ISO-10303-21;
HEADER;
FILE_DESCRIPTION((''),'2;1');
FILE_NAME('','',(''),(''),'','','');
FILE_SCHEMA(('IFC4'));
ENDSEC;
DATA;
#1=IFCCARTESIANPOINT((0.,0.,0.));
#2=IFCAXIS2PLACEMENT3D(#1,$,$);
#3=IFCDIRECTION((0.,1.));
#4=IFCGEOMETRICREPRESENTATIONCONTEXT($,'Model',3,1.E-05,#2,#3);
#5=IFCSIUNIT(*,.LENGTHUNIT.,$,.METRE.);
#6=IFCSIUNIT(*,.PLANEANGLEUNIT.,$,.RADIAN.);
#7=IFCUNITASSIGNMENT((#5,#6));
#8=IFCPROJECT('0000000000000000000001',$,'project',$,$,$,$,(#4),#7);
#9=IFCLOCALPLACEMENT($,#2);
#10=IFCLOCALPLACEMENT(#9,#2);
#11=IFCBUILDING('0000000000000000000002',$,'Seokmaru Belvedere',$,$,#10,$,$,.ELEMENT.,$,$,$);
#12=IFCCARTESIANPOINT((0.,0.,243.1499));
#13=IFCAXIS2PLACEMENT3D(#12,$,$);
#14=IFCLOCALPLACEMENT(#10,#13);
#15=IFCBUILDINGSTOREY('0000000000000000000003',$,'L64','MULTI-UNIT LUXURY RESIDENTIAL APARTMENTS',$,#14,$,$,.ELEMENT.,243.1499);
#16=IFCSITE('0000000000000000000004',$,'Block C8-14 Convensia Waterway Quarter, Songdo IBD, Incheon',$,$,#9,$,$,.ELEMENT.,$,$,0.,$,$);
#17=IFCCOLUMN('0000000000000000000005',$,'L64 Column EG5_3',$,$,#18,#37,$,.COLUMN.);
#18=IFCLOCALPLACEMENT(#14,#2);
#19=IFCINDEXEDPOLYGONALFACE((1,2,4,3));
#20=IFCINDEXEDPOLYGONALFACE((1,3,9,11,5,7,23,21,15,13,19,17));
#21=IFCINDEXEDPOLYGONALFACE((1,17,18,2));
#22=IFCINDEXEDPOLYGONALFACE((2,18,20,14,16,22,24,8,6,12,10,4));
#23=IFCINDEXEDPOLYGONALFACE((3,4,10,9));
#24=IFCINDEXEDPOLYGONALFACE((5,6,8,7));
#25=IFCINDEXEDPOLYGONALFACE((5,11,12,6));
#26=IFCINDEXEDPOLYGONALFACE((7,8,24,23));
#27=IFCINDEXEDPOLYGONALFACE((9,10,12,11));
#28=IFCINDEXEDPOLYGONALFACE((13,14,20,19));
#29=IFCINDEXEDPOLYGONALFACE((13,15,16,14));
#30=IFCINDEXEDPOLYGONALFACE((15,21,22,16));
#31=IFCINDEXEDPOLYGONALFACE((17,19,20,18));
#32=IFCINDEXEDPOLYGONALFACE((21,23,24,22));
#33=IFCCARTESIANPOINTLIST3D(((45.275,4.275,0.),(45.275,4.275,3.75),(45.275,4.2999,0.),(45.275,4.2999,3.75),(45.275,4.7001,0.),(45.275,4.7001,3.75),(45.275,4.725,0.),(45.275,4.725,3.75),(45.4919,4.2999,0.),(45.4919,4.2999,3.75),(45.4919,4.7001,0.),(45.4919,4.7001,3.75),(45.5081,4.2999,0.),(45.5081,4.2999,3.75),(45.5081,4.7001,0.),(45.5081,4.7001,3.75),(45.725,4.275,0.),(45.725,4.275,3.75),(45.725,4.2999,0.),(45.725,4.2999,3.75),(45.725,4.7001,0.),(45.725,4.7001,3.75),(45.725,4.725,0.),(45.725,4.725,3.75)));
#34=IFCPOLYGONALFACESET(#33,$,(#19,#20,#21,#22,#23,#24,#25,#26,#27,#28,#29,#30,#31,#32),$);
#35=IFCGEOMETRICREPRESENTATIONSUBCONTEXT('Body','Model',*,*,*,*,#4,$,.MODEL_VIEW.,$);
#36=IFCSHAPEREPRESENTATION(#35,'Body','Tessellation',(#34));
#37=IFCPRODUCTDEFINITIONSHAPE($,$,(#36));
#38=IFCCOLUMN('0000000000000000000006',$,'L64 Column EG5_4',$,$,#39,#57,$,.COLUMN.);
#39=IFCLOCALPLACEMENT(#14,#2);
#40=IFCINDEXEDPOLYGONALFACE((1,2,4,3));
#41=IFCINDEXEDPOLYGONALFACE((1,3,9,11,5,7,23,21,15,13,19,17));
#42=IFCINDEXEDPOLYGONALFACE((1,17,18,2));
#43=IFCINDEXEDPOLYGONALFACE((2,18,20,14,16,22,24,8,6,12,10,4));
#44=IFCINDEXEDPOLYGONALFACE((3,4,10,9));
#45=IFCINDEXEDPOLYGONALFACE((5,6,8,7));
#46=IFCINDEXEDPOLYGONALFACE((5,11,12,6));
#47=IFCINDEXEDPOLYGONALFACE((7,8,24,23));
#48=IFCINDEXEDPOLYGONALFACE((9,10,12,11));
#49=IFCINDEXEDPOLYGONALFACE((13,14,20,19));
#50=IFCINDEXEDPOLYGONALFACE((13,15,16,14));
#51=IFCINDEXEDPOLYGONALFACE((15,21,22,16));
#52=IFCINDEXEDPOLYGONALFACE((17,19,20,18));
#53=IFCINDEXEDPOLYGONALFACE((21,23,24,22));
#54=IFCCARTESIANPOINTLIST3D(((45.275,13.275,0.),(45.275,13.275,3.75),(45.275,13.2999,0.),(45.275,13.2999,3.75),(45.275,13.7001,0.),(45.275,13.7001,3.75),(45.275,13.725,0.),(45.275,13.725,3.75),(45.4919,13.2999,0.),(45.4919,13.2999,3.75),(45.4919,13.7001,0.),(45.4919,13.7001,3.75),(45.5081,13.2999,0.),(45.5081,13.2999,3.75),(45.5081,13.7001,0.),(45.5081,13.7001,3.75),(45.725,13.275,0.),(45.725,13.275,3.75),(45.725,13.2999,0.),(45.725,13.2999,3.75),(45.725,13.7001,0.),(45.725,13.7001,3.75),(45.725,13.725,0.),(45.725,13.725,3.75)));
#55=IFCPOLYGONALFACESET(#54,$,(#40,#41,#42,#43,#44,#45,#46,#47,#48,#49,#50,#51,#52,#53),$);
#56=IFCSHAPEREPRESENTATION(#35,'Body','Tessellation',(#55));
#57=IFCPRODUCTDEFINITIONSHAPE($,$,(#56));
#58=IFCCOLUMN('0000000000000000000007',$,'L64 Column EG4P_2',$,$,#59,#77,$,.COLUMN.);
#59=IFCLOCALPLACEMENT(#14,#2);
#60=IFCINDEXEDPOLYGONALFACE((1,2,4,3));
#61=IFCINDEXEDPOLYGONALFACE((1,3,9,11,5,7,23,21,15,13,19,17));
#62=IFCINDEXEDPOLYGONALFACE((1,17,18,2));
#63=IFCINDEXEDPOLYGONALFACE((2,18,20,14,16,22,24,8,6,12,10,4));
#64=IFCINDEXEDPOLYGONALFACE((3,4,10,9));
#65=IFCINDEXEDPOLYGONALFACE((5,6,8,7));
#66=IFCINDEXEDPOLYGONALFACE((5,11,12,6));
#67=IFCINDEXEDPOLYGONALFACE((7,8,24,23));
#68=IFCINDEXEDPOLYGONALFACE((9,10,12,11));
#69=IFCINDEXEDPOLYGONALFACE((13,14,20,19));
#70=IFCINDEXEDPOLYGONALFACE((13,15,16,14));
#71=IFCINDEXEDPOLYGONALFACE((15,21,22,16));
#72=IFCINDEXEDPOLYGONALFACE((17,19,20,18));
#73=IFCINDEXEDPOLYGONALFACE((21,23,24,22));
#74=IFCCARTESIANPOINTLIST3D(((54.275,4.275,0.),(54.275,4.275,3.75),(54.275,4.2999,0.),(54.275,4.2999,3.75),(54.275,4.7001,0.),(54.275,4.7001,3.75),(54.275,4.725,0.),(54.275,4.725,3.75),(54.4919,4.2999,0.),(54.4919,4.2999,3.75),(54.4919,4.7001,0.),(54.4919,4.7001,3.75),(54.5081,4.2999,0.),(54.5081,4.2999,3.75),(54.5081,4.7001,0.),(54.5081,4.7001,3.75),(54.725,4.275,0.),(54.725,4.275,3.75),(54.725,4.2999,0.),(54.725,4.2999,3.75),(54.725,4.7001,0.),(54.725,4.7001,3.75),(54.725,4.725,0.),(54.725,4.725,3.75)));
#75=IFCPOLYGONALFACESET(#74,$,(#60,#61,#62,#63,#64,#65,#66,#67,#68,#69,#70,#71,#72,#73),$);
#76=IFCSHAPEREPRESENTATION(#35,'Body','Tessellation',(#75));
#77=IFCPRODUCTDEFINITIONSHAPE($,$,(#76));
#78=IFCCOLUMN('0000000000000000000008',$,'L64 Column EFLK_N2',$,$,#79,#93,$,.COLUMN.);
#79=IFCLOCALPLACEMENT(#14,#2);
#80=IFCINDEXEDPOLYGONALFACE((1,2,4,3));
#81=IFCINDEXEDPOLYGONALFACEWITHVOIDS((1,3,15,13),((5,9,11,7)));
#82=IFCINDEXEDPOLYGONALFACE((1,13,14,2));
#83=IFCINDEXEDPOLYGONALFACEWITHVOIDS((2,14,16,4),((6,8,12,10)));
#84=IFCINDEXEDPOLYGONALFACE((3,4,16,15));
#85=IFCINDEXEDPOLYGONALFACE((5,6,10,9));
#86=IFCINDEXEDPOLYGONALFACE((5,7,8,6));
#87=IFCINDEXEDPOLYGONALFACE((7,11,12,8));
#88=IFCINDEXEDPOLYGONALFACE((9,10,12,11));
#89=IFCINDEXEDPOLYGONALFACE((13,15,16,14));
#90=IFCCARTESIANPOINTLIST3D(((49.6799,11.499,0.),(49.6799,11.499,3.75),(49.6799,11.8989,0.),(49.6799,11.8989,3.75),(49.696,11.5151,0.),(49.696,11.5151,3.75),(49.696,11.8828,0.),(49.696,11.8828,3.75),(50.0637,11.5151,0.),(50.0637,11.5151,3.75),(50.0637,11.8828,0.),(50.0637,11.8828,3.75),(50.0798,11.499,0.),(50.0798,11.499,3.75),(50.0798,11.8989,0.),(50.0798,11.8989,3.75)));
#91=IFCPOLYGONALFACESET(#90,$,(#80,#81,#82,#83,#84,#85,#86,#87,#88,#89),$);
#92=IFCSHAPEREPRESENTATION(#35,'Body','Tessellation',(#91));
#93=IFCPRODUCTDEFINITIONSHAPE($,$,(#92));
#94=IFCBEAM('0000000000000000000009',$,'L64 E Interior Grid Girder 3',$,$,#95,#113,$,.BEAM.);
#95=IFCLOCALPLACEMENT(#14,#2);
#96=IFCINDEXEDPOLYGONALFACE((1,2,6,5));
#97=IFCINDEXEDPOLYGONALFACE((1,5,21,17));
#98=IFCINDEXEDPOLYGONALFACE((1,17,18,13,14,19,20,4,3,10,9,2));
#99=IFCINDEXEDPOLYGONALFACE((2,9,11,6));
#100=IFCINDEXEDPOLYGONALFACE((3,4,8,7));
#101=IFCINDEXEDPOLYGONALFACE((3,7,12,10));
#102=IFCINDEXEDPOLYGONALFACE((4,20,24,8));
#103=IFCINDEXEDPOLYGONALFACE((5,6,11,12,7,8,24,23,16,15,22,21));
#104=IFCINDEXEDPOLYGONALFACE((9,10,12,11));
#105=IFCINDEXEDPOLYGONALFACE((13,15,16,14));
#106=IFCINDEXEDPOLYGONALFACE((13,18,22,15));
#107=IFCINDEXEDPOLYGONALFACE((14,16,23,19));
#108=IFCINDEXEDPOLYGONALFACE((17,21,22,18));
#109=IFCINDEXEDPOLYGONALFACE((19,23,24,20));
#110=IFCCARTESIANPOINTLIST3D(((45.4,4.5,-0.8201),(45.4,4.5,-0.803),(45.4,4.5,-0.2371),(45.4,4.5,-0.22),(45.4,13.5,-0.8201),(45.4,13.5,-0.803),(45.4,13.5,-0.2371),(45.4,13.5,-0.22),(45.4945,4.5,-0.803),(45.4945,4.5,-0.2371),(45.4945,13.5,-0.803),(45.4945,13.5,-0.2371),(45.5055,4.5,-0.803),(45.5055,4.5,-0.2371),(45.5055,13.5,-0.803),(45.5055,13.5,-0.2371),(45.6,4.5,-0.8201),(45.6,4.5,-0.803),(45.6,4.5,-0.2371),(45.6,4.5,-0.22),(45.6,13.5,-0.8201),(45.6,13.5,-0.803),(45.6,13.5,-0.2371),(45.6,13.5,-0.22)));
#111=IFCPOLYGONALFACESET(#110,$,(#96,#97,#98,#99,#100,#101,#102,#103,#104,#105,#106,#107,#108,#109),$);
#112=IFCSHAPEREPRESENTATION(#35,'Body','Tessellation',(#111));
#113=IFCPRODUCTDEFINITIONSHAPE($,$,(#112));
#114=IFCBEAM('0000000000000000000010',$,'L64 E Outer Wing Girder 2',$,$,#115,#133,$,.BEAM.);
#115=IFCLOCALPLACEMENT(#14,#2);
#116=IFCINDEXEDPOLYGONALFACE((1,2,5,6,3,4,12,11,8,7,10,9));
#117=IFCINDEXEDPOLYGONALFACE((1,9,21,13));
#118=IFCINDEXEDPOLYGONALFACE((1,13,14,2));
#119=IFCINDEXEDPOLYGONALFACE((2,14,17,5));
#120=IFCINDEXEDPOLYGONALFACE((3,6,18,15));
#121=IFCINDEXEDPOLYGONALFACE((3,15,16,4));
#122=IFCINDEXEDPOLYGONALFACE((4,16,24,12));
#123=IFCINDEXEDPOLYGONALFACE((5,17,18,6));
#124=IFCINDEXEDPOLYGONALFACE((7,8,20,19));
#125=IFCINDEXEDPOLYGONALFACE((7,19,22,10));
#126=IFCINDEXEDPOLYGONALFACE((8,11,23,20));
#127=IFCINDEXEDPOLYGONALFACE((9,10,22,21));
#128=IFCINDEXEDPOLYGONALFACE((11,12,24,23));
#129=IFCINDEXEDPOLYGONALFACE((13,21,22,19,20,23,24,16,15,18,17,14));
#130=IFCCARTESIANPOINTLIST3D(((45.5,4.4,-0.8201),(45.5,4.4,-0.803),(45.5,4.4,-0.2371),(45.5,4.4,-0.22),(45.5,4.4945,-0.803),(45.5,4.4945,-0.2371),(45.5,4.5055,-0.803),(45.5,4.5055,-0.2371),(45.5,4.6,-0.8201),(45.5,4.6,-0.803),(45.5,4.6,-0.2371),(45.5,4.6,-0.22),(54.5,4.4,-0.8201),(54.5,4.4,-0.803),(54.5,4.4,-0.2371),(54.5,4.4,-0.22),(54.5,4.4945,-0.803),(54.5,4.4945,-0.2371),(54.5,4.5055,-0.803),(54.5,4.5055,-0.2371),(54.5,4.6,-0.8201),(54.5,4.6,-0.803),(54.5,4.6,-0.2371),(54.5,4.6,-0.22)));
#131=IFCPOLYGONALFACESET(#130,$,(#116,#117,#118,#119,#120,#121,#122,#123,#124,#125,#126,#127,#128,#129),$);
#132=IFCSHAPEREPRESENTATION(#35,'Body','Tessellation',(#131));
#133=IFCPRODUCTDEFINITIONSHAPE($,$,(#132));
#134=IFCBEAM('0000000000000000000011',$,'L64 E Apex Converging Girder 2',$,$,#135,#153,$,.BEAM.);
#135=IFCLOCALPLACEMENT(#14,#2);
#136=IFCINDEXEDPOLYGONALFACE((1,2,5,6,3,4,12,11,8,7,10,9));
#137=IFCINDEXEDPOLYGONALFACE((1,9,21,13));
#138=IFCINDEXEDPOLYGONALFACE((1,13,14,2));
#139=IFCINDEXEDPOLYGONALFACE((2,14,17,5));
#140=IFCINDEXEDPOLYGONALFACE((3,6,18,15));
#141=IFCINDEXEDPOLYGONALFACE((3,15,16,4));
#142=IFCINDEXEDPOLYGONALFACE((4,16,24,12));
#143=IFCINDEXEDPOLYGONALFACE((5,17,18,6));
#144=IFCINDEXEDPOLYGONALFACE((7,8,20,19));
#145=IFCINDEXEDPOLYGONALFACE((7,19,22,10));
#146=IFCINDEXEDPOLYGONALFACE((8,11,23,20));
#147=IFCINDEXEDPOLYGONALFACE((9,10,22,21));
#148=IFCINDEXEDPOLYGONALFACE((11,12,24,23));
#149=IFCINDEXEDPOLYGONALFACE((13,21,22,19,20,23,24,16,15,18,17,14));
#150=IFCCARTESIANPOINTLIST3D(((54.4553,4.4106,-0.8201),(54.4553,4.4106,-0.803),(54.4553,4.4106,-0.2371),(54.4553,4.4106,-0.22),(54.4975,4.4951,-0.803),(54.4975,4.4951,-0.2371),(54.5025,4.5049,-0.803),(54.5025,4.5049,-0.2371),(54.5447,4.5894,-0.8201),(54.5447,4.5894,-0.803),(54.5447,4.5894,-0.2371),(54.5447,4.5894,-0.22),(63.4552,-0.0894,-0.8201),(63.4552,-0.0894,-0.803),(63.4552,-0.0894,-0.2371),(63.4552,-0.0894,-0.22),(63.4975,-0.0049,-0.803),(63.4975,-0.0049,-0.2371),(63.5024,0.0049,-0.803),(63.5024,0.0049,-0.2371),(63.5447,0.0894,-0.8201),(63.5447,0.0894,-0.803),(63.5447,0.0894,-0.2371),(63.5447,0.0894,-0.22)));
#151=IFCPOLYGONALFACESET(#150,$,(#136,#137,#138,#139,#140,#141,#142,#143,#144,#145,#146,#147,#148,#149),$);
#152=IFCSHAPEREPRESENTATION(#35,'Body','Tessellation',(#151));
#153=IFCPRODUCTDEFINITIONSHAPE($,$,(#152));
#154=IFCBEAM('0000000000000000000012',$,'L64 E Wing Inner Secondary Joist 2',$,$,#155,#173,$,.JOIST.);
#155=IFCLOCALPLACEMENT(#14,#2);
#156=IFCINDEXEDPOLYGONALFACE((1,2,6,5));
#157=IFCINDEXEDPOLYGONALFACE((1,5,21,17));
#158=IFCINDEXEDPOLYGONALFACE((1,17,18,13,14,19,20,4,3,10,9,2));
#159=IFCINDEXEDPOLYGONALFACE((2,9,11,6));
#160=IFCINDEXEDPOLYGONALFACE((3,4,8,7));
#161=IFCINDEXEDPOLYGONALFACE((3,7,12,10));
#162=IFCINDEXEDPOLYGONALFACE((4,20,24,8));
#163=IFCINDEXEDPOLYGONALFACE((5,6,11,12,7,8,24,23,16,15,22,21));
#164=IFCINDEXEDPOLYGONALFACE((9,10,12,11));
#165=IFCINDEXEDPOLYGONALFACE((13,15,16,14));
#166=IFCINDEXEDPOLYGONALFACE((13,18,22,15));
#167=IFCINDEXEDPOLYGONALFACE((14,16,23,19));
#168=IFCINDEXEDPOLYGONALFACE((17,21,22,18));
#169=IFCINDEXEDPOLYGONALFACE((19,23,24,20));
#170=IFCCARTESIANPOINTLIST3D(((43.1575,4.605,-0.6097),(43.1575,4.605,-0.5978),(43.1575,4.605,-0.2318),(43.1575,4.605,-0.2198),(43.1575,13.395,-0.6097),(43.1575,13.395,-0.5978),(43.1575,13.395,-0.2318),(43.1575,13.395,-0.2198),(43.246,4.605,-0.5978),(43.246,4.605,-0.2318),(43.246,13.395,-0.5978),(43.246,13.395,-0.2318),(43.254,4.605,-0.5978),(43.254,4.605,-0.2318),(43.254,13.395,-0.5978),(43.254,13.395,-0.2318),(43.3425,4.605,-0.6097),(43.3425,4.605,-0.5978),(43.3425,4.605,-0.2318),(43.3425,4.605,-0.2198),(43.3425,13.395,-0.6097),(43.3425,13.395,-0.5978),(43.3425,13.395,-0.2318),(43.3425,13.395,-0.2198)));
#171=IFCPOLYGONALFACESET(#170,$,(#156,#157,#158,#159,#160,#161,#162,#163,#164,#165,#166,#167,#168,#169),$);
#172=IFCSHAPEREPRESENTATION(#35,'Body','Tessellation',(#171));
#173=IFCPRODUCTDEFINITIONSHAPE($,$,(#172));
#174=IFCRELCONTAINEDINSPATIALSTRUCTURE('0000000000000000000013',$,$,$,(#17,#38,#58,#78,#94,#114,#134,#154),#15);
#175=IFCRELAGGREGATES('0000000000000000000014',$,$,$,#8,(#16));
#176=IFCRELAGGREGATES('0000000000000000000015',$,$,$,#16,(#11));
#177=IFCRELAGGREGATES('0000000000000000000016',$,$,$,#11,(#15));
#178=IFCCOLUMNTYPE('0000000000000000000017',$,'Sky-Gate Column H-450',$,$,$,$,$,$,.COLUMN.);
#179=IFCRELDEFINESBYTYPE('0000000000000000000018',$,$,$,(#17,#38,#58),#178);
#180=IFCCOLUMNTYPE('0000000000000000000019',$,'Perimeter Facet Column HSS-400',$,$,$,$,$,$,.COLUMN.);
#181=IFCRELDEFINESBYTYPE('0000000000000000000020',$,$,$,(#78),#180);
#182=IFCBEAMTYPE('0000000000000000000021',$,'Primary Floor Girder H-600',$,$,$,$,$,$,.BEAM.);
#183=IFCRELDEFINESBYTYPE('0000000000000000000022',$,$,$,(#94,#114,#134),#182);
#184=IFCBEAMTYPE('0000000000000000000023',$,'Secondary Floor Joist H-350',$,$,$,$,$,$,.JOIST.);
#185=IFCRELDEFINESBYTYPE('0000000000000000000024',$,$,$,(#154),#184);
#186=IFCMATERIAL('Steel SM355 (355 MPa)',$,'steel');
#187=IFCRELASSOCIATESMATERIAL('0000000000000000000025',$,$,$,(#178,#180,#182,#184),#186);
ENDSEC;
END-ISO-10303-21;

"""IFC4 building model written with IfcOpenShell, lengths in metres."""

from ifc_helpers import new_model, si_unit, direction, frame, origin, origin_2d, place, context, subcontext, project, spatial, hollow_rectangle, i_section, extrude, source, transform, mapped, material, material_profile, profile_set, type_object, type_shapes, element, save


model = new_model("IFC4")

# Units and contexts
model_context = context("Model", 3, precision=1e-05, world=origin(), true_north=direction((0.0, 1.0)))
body_context = subcontext(model_context, "Body", "Model", "MODEL_VIEW")
ifc_project = project(units=[si_unit("LENGTHUNIT", "METRE"), si_unit("PLANEANGLEUNIT", "RADIAN")], contexts=[model_context])

# Site, building, storey
site_placement = place(None, origin())
site = spatial("IfcSite", under=ifc_project, at=site_placement, Name="Block C8-14 Convensia Waterway Quarter, Songdo IBD, Incheon", CompositionType="ELEMENT", RefElevation=0.0)
building_placement = place(site_placement, origin())
building = spatial("IfcBuilding", under=site, at=building_placement, Name="Seokmaru Belvedere", CompositionType="ELEMENT")
storey_placement = place(building_placement, frame((0.0, 0.0, 243.1499)))
storey = spatial("IfcBuildingStorey", under=building, at=storey_placement, Name="L64", Description="MULTI-UNIT LUXURY RESIDENTIAL APARTMENTS", CompositionType="ELEMENT", Elevation=243.1499)

# Columns
ifc_material_1 = material(Name="Steel SM355 (355 MPa)", Category="steel")
ifc_material_profile_1 = material_profile(ifc_material_1, i_section(OverallWidth=0.45, OverallDepth=0.45, WebThickness=0.0161, FlangeThickness=0.0249, at=origin_2d()), Name="H-450x450x16x25")
ifc_profile_set_1 = profile_set([ifc_material_profile_1], Name="Steel SM355 (355 MPa)")
column_type_1 = type_object("IfcColumnType", Name="Sky-Gate Column H-450", PredefinedType="COLUMN", material=ifc_profile_set_1)
shared_shape_1 = source(origin(), body_context, "Body", "SweptSolid", [
    extrude(i_section(OverallWidth=0.45, OverallDepth=0.45, WebThickness=0.0161, FlangeThickness=0.0249, at=origin_2d()), origin(), (0.0, 0.0, 1.0), 3.75),
])
type_shapes(column_type_1, [shared_shape_1])
for number, where, z_axis, x_axis, name in (
    (1, (45.5, 4.5, 0.0), (0.0, 0.0, 1.0), (1.0, 0.0, 0.0), "L64 Column EG5_3"),
    (2, (45.5, 13.5, 0.0), (0.0, 0.0, 1.0), (1.0, 0.0, 0.0), "L64 Column EG5_4"),
    (3, (54.5, 4.5, 0.0), (0.0, 0.0, 1.0), (1.0, 0.0, 0.0), "L64 Column EG4P_2"),
):
    element("IfcColumn", number, at=place(storey_placement, frame(where, z_axis=z_axis, x_axis=x_axis)), inside=storey, type_object=column_type_1, Name=name, PredefinedType="COLUMN", context=body_context, shape_type="MappedRepresentation", body=[
        mapped(shared_shape_1, transform((0.0, 0.0, 0.0), scale=1.0)),
    ])
ifc_material_profile_2 = material_profile(ifc_material_1, hollow_rectangle(XDim=0.3999, YDim=0.3999, WallThickness=0.0161, at=origin_2d()), Name="HSS-400x400x16")
ifc_profile_set_2 = profile_set([ifc_material_profile_2], Name="Steel SM355 (355 MPa)")
column_type_2 = type_object("IfcColumnType", Name="Perimeter Facet Column HSS-400", PredefinedType="COLUMN", material=ifc_profile_set_2)
shared_shape_2 = source(origin(), body_context, "Body", "SweptSolid", [
    extrude(hollow_rectangle(XDim=0.3999, YDim=0.3999, WallThickness=0.0161, at=origin_2d()), origin(), (0.0, 0.0, 1.0), 3.75),
])
type_shapes(column_type_2, [shared_shape_2])
column_placement = place(storey_placement, frame((49.8799, 11.699, 0.0), z_axis=(0.0, 0.0, 1.0), x_axis=(1.0, 0.0, 0.0)))
element("IfcColumn", 4, at=column_placement, inside=storey, type_object=column_type_2, Name="L64 Column EFLK_N2", PredefinedType="COLUMN", context=body_context, shape_type="MappedRepresentation", body=[
    mapped(shared_shape_2, transform((0.0, 0.0, 0.0), scale=1.0)),
])

# Beams
ifc_material_profile_3 = material_profile(ifc_material_1, i_section(OverallWidth=0.2, OverallDepth=0.6001, WebThickness=0.011, FlangeThickness=0.0171, at=origin_2d()), Name="H-600x200x11x17")
ifc_profile_set_3 = profile_set([ifc_material_profile_3], Name="Steel SM355 (355 MPa)")
beam_type_1 = type_object("IfcBeamType", Name="Primary Floor Girder H-600", PredefinedType="BEAM", material=ifc_profile_set_3)
shared_shape_3 = source(origin(), body_context, "Body", "SweptSolid", [
    extrude(i_section(OverallWidth=0.2, OverallDepth=0.6001, WebThickness=0.011, FlangeThickness=0.0171, at=origin_2d()), origin(), (0.0, 0.0, 1.0), 9.0),
])
for number, where, z_axis, x_axis, name in (
    (5, (45.5, 4.5, -0.52), (0.0, 1.0, 0.0), (-1.0, 0.0, 0.0), "L64 E Interior Grid Girder 3"),
    (6, (45.5, 4.5, -0.52), (1.0, 0.0, 0.0), (0.0, 1.0, 0.0), "L64 E Outer Wing Girder 2"),
):
    element("IfcBeam", number, at=place(storey_placement, frame(where, z_axis=z_axis, x_axis=x_axis)), inside=storey, type_object=beam_type_1, Name=name, PredefinedType="BEAM", context=body_context, shape_type="MappedRepresentation", body=[
        mapped(shared_shape_3, transform((0.0, 0.0, 0.0), scale=1.0)),
    ])
shared_shape_4 = source(origin(), body_context, "Body", "SweptSolid", [
    extrude(i_section(OverallWidth=0.2, OverallDepth=0.6001, WebThickness=0.011, FlangeThickness=0.0171, at=origin_2d()), origin(), (0.0, 0.0, 1.0), 10.0623),
])
beam_1_placement = place(storey_placement, frame((54.5, 4.5, -0.52), z_axis=(0.894427, -0.447214, 0.0), x_axis=(0.447214, 0.894427, 0.0)))
element("IfcBeam", 7, at=beam_1_placement, inside=storey, type_object=beam_type_1, Name="L64 E Apex Converging Girder 2", PredefinedType="BEAM", context=body_context, shape_type="MappedRepresentation", body=[
    mapped(shared_shape_4, transform((0.0, 0.0, 0.0), scale=1.0)),
])
ifc_material_profile_4 = material_profile(ifc_material_1, i_section(OverallWidth=0.1851, OverallDepth=0.3899, WebThickness=0.0081, FlangeThickness=0.012, at=origin_2d()), Name="H-390x185x8x12")
ifc_profile_set_4 = profile_set([ifc_material_profile_4], Name="Steel SM355 (355 MPa)")
beam_type_2 = type_object("IfcBeamType", Name="Secondary Floor Joist H-350", PredefinedType="JOIST", material=ifc_profile_set_4)
shared_shape_5 = source(origin(), body_context, "Body", "SweptSolid", [
    extrude(i_section(OverallWidth=0.1851, OverallDepth=0.3899, WebThickness=0.0081, FlangeThickness=0.012, at=origin_2d()), origin(), (0.0, 0.0, 1.0), 8.79),
])
type_shapes(beam_type_2, [shared_shape_5])
beam_2_placement = place(storey_placement, frame((43.25, 4.605, -0.4148), z_axis=(0.0, 1.0, 0.0), x_axis=(-1.0, 0.0, 0.0)))
element("IfcBeam", 8, at=beam_2_placement, inside=storey, type_object=beam_type_2, Name="L64 E Wing Inner Secondary Joist 2", PredefinedType="JOIST", context=body_context, shape_type="MappedRepresentation", body=[
    mapped(shared_shape_5, transform((0.0, 0.0, 0.0), scale=1.0)),
])

save(model, "model.ifc")
